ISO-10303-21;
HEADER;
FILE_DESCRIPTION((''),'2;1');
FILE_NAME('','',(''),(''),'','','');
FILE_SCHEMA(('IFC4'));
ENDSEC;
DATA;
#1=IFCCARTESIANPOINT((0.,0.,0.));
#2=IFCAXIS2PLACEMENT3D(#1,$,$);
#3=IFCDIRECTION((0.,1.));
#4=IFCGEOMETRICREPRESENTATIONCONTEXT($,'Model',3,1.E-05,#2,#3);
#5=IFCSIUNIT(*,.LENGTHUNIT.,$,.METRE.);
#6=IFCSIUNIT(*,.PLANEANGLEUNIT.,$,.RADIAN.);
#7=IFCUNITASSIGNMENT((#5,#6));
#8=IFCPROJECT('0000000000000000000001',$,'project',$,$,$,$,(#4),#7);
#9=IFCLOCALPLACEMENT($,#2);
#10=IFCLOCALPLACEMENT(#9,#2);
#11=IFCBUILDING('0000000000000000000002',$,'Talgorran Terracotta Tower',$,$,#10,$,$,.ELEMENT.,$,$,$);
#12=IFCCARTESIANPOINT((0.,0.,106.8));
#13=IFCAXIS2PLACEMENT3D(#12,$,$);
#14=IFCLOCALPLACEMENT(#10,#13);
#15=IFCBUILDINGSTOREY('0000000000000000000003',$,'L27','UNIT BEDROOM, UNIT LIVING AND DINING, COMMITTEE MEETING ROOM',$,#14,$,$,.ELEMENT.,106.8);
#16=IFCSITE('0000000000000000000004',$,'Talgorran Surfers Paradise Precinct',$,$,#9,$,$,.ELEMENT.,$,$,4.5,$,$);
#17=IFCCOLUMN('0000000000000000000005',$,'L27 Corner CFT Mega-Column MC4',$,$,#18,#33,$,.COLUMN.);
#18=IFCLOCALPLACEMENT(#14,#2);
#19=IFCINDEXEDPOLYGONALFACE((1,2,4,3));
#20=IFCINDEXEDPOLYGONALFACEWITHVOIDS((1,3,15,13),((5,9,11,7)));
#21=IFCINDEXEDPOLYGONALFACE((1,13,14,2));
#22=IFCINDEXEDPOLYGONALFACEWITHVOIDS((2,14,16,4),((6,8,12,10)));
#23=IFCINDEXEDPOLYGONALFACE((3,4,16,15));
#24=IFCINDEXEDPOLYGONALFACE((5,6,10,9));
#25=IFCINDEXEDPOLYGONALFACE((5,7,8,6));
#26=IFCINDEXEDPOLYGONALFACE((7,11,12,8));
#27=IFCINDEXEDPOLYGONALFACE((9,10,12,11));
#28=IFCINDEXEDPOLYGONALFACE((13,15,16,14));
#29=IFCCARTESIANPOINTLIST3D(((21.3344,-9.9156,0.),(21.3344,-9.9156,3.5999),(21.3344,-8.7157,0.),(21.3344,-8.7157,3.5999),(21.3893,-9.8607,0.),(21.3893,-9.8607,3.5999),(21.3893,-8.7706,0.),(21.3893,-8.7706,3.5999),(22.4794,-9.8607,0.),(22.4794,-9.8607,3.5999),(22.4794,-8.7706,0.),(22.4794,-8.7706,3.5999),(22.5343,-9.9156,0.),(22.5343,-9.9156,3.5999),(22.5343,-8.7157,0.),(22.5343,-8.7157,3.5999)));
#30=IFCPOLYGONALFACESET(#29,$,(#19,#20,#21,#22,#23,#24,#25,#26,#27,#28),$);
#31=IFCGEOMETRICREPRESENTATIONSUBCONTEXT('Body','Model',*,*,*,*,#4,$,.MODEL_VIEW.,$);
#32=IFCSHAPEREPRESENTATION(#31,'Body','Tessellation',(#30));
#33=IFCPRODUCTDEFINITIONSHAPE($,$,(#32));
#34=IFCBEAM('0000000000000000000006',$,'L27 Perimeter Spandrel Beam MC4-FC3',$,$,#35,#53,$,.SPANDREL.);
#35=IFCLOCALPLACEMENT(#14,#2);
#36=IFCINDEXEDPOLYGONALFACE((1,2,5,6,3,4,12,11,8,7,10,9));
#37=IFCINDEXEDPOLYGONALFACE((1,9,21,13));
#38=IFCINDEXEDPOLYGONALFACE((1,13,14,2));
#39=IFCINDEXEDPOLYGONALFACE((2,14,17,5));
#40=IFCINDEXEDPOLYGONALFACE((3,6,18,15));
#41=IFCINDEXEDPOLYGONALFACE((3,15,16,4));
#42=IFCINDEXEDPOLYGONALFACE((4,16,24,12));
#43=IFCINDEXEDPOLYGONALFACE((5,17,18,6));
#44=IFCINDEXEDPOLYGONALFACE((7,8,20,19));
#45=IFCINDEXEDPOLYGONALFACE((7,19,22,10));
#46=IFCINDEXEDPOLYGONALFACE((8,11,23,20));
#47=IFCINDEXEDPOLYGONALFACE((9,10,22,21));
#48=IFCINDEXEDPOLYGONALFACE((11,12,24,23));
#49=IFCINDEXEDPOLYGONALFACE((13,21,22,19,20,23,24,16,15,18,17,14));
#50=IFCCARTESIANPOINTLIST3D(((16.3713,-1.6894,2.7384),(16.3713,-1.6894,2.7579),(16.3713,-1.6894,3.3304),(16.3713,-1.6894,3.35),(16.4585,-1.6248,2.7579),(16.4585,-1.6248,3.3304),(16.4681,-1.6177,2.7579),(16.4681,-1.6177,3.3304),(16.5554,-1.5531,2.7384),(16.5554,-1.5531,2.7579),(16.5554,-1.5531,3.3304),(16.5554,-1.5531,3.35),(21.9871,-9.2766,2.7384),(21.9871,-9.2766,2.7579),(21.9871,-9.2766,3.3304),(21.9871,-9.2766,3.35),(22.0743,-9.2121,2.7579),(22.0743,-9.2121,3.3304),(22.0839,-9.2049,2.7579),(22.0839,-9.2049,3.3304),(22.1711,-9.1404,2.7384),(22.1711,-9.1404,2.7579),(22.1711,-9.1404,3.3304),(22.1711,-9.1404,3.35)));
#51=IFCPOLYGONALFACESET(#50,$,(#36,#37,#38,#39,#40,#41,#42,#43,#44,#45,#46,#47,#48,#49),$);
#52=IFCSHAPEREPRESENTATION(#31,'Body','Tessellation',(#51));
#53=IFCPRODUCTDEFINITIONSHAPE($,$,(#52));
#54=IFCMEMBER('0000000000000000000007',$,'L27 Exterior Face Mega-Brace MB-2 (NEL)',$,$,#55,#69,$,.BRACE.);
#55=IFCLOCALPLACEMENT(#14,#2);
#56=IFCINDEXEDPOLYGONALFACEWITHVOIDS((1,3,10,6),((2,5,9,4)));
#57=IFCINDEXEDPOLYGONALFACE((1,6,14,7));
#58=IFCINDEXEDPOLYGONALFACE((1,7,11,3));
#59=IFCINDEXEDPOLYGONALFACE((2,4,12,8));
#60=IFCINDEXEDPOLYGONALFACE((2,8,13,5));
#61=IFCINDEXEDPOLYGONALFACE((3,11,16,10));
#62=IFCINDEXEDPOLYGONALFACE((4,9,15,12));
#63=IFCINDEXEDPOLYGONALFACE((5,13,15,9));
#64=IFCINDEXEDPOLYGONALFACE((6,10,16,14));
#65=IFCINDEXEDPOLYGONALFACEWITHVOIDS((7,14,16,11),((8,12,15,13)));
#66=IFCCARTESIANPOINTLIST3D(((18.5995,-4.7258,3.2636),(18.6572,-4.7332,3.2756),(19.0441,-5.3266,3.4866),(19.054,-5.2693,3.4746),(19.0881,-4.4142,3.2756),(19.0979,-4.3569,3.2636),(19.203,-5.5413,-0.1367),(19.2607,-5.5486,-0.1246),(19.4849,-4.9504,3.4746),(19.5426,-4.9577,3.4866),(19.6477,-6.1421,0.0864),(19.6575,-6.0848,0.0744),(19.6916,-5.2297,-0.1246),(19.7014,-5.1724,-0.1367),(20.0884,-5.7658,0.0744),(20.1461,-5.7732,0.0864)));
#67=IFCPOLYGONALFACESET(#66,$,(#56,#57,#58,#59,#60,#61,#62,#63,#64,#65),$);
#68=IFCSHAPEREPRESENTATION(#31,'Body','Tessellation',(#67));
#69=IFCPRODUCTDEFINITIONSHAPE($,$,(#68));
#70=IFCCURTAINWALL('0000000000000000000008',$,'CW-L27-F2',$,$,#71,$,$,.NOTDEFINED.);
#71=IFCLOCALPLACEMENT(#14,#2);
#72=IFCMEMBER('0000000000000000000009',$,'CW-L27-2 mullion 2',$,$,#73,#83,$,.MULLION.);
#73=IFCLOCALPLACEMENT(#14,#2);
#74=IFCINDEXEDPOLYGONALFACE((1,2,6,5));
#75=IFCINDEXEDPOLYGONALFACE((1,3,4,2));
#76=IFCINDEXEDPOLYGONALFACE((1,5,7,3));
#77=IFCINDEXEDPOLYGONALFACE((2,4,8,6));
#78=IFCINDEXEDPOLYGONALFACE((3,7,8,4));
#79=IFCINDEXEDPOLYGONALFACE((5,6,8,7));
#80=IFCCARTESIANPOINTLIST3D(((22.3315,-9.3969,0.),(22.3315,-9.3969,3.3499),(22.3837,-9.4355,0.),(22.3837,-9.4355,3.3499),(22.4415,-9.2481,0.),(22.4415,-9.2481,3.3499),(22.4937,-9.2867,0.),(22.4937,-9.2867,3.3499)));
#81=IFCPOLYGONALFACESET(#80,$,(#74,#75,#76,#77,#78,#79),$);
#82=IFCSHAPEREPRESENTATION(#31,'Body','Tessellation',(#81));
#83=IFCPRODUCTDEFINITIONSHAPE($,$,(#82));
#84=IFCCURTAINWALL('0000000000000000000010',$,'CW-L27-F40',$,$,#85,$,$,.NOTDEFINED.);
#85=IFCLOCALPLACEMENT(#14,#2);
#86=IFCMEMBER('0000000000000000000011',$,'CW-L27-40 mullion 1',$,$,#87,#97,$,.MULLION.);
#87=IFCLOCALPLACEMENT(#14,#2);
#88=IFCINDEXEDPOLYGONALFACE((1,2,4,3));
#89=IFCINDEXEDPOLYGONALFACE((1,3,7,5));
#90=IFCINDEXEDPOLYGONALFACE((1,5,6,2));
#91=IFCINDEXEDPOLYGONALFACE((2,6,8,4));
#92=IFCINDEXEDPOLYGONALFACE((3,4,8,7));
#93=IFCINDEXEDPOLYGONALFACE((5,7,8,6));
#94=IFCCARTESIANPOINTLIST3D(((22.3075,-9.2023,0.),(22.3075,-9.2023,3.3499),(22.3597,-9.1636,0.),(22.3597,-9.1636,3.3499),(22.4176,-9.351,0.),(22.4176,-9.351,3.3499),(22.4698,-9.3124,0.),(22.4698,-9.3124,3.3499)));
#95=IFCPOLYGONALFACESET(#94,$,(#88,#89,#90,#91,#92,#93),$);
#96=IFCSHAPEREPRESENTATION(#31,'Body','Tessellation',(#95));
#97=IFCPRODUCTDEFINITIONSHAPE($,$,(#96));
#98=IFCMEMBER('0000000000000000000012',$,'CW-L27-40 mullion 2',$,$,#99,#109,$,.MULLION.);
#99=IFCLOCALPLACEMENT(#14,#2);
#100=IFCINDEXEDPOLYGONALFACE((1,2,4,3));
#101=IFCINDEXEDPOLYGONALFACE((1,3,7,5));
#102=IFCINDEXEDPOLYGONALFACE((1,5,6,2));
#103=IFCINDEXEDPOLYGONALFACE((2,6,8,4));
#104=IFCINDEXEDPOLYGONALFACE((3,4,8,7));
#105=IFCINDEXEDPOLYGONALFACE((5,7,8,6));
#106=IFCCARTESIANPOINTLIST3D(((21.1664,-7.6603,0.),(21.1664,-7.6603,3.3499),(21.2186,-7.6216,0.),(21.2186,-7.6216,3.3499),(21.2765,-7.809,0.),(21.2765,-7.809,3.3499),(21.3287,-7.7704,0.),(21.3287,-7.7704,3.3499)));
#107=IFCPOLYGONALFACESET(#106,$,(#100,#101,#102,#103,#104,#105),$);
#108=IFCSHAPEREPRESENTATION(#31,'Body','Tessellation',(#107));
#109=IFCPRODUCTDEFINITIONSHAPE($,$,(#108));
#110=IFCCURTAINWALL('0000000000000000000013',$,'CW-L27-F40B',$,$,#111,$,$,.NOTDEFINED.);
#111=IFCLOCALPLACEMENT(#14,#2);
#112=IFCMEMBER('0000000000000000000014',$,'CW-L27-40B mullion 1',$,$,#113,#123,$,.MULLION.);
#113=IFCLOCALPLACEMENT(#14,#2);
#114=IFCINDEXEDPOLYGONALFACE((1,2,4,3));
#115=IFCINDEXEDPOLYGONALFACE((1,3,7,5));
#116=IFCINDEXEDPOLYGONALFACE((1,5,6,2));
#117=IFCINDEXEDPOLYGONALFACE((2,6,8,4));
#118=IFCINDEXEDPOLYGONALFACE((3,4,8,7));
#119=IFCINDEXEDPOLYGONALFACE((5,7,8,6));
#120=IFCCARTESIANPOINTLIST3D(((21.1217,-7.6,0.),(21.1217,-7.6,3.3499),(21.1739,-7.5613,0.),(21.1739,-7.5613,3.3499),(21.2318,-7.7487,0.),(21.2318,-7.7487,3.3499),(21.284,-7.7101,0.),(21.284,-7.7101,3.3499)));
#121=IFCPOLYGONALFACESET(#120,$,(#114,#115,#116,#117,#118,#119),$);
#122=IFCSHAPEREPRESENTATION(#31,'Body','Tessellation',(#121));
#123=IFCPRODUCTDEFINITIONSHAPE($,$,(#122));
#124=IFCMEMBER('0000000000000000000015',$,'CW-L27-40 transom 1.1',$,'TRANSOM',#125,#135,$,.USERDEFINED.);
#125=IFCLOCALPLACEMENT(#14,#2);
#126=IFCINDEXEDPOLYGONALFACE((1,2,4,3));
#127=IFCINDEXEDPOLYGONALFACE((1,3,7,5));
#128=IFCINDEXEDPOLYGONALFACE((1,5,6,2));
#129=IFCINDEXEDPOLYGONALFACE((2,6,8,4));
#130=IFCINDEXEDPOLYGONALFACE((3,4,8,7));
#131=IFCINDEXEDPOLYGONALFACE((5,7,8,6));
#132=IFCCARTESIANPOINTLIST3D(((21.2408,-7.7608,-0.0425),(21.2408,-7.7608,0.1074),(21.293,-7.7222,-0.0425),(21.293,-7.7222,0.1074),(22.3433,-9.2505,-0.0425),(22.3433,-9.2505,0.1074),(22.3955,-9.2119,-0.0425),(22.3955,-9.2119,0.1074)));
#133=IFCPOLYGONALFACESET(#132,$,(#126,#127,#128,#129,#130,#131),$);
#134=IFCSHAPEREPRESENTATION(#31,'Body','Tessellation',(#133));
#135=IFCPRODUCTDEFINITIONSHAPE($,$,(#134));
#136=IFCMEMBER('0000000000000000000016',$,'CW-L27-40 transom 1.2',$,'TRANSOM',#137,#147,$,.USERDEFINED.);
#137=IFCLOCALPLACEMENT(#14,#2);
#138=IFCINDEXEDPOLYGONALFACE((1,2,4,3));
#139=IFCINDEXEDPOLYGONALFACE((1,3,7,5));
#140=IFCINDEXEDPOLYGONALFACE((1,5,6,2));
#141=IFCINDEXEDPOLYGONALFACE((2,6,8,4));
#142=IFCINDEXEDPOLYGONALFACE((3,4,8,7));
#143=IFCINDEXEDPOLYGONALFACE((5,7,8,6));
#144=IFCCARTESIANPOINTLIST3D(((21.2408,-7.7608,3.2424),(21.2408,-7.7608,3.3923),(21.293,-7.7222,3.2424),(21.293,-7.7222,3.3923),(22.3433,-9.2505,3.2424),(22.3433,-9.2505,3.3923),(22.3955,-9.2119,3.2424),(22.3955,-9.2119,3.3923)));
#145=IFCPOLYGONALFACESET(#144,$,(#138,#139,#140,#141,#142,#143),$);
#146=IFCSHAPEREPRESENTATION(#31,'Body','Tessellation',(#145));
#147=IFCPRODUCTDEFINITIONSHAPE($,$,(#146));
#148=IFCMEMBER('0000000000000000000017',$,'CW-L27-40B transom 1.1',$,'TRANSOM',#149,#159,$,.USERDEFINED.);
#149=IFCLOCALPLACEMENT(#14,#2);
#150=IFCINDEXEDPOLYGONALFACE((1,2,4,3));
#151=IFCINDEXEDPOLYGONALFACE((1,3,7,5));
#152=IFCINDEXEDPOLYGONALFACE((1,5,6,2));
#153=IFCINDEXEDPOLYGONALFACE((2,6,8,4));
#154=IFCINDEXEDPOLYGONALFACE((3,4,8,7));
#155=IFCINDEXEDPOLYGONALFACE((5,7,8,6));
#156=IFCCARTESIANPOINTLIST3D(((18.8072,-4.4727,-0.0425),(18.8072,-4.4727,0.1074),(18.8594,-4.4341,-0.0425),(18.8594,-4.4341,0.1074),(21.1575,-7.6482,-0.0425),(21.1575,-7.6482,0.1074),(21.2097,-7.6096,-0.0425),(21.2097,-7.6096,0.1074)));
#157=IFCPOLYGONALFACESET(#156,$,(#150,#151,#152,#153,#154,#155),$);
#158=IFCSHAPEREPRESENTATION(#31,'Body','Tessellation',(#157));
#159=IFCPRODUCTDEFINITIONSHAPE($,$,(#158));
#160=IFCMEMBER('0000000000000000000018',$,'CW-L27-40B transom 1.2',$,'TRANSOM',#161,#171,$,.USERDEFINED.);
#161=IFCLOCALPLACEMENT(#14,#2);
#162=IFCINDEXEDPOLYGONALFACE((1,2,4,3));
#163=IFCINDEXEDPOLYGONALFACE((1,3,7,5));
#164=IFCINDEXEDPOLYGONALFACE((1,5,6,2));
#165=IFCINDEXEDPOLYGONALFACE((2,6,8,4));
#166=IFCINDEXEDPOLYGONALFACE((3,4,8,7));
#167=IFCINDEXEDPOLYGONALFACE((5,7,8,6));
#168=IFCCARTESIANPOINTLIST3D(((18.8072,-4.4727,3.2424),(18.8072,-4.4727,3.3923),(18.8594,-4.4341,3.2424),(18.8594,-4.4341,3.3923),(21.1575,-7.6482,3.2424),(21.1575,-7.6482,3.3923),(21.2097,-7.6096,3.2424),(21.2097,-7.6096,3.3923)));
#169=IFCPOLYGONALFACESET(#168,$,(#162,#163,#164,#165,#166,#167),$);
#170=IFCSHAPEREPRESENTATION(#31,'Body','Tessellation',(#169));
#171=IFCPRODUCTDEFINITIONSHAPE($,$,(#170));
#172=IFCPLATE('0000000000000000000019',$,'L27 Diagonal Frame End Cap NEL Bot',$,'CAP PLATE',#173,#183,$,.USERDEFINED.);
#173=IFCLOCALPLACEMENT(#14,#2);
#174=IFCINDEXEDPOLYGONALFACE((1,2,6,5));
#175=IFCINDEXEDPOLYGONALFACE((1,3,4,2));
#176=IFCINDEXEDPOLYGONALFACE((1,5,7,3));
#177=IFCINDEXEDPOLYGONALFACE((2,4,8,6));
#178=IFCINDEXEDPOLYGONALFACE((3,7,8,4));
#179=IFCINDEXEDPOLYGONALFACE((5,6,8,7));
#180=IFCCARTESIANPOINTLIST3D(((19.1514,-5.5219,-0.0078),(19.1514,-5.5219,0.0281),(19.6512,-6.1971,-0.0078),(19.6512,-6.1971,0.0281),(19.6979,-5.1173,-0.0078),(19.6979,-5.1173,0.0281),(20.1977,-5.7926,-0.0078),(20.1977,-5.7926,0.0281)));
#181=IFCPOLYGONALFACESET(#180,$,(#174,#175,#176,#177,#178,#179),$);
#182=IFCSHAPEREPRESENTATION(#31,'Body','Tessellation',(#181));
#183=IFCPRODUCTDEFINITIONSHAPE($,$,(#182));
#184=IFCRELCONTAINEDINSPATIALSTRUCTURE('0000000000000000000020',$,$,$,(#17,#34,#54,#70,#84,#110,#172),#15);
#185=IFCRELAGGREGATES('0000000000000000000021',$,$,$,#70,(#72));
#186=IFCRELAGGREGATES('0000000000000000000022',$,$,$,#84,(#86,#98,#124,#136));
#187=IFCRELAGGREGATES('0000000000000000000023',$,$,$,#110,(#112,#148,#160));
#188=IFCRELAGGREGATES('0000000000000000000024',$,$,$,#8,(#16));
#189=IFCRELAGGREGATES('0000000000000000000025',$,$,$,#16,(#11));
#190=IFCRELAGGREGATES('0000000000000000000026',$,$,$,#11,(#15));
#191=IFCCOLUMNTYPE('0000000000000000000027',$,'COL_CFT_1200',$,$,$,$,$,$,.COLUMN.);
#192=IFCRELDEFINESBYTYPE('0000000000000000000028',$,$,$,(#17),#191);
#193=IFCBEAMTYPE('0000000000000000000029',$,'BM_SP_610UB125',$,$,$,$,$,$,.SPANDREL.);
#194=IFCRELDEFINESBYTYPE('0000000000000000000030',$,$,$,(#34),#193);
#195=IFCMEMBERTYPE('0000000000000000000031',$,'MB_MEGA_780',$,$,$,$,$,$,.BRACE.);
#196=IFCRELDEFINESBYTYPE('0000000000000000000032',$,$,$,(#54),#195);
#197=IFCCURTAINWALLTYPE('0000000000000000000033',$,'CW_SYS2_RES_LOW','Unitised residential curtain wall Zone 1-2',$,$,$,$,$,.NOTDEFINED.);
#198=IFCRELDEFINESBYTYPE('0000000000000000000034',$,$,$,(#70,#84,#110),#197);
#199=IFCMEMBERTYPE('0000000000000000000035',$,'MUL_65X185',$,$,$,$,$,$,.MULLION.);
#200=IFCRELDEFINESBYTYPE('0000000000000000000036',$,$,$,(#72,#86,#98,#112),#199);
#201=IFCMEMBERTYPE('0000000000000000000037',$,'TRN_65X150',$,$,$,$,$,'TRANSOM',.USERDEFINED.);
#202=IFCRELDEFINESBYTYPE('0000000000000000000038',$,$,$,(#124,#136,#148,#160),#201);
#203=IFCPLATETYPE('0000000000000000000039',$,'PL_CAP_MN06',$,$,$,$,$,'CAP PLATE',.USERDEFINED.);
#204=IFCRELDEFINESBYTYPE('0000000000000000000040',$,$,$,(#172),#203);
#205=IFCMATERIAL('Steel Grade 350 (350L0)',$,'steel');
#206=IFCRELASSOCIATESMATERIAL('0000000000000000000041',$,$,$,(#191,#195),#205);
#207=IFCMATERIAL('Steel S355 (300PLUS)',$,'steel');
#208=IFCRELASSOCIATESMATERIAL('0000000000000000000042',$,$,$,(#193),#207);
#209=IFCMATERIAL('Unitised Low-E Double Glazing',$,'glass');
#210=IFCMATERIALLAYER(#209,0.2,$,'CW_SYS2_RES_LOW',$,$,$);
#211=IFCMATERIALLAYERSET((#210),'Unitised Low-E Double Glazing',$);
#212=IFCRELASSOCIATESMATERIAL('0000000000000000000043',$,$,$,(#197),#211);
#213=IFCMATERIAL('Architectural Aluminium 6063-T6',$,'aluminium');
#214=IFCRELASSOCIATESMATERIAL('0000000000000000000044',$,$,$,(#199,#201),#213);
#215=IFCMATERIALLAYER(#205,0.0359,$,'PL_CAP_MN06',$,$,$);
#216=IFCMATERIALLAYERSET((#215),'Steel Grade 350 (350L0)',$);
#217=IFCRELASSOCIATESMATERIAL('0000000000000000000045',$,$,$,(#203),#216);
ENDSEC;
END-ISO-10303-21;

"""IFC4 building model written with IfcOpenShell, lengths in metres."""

from ifc_helpers import new_model, si_unit, direction, frame, origin, origin_2d, place, context, subcontext, project, spatial, rectangle, hollow_rectangle, i_section, extrude, material, layer, layer_set, material_profile, profile_set, type_object, element, aggregate, save


model = new_model("IFC4")

# Units and contexts
model_context = context("Model", 3, precision=1e-05, world=origin(), true_north=direction((0.0, 1.0)))
body_context = subcontext(model_context, "Body", "Model", "MODEL_VIEW")
ifc_project = project(units=[si_unit("LENGTHUNIT", "METRE"), si_unit("PLANEANGLEUNIT", "RADIAN")], contexts=[model_context])

# Site, building, storey
site_placement = place(None, origin())
site = spatial("IfcSite", under=ifc_project, at=site_placement, Name="Talgorran Surfers Paradise Precinct", CompositionType="ELEMENT", RefElevation=4.5)
building_placement = place(site_placement, origin())
building = spatial("IfcBuilding", under=site, at=building_placement, Name="Talgorran Terracotta Tower", CompositionType="ELEMENT")
storey_placement = place(building_placement, frame((0.0, 0.0, 106.8)))
storey = spatial("IfcBuildingStorey", under=building, at=storey_placement, Name="L27", Description="UNIT BEDROOM, UNIT LIVING AND DINING, COMMITTEE MEETING ROOM", CompositionType="ELEMENT", Elevation=106.8)

# Column
ifc_material_1 = material(Name="Steel Grade 350 (350L0)", Category="steel")
ifc_material_profile_1 = material_profile(ifc_material_1, hollow_rectangle(XDim=1.2, YDim=1.2, WallThickness=0.0549, at=origin_2d()), Name="CFT1200X1200X55")
ifc_profile_set_1 = profile_set([ifc_material_profile_1], Name="Steel Grade 350 (350L0)")
column_type = type_object("IfcColumnType", Name="COL_CFT_1200", PredefinedType="COLUMN", material=ifc_profile_set_1)
column_placement = place(storey_placement, frame((21.9343, -9.3157, 0.0), z_axis=(0.0, 0.0, 1.0), x_axis=(1.0, 0.0, 0.0)))
element("IfcColumn", 1, at=column_placement, inside=storey, type_object=column_type, Name="L27 Corner CFT Mega-Column MC4", PredefinedType="COLUMN", context=body_context, shape_type="SweptSolid", body=[
    extrude(hollow_rectangle(XDim=1.2, YDim=1.2, WallThickness=0.0549, at=origin_2d()), origin(), (0.0, 0.0, 1.0), 3.5999),
])

# Beam
ifc_material_2 = material(Name="Steel S355 (300PLUS)", Category="steel")
ifc_material_profile_2 = material_profile(ifc_material_2, i_section(OverallWidth=0.229, OverallDepth=0.6116, WebThickness=0.012, FlangeThickness=0.0195, at=origin_2d()), Name="610UB125")
ifc_profile_set_2 = profile_set([ifc_material_profile_2], Name="Steel S355 (300PLUS)")
beam_type = type_object("IfcBeamType", Name="BM_SP_610UB125", PredefinedType="SPANDREL", material=ifc_profile_set_2)
beam_placement = place(storey_placement, frame((22.0791, -9.2085, 3.0442), z_axis=(-0.594927, 0.80378, 0.0), x_axis=(-0.80378, -0.594927, 0.0)))
element("IfcBeam", 2, at=beam_placement, inside=storey, type_object=beam_type, Name="L27 Perimeter Spandrel Beam MC4-FC3", PredefinedType="SPANDREL", context=body_context, shape_type="SweptSolid", body=[
    extrude(i_section(OverallWidth=0.229, OverallDepth=0.6116, WebThickness=0.012, FlangeThickness=0.0195, at=origin_2d()), origin(), (0.0, 0.0, 1.0), 9.4395),
])

# Member
ifc_material_profile_3 = material_profile(ifc_material_1, hollow_rectangle(XDim=0.6201, YDim=0.78, WallThickness=0.042, at=origin_2d()), Name="WBOX780X620X42")
ifc_profile_set_3 = profile_set([ifc_material_profile_3], Name="Steel Grade 350 (350L0)")
member_type_1 = type_object("IfcMemberType", Name="MB_MEGA_780", PredefinedType="BRACE", material=ifc_profile_set_3)
member_1_placement = place(storey_placement, frame((19.6746, -5.6572, -0.0251), z_axis=(-0.170088, 0.229811, 0.958257), x_axis=(-0.803796, -0.594905, 0.0)))
element("IfcMember", 3, at=member_1_placement, inside=storey, type_object=member_type_1, Name="L27 Exterior Face Mega-Brace MB-2 (NEL)", PredefinedType="BRACE", context=body_context, shape_type="SweptSolid", body=[
    extrude(hollow_rectangle(XDim=0.6201, YDim=0.78, WallThickness=0.042, at=origin_2d()), origin(), (0.0, 0.0, 1.0), 3.5483),
])

# Curtain wall, member
ifc_material_3 = material(Name="Unitised Low-E Double Glazing", Category="glass")
ifc_layer_1 = layer(ifc_material_3, 0.2, Name="CW_SYS2_RES_LOW")
ifc_layer_set_1 = layer_set([ifc_layer_1], Name="Unitised Low-E Double Glazing")
curtain_wall_type = type_object("IfcCurtainWallType", Name="CW_SYS2_RES_LOW", Description="Unitised residential curtain wall Zone 1-2", PredefinedType="NOTDEFINED", material=ifc_layer_set_1)
curtain_wall_1_placement = place(storey_placement, origin())
curtain_wall_1 = element("IfcCurtainWall", 4, at=curtain_wall_1_placement, inside=storey, type_object=curtain_wall_type, Name="CW-L27-F2", PredefinedType="NOTDEFINED")
ifc_material_4 = material(Name="Architectural Aluminium 6063-T6", Category="aluminium")
ifc_material_profile_4 = material_profile(ifc_material_4, rectangle(XDim=0.0649, YDim=0.1851, at=origin_2d()), Name="CWM65X185")
ifc_profile_set_4 = profile_set([ifc_material_profile_4], Name="Architectural Aluminium 6063-T6")
member_type_2 = type_object("IfcMemberType", Name="MUL_65X185", PredefinedType="MULLION", material=ifc_profile_set_4)
member_2_placement = place(storey_placement, frame((22.4126, -9.3418, 0.0), z_axis=(0.0, 0.0, 1.0), x_axis=(-0.803792, 0.594911, 0.0)))
member_2 = element("IfcMember", 5, at=member_2_placement, type_object=member_type_2, Name="CW-L27-2 mullion 2", PredefinedType="MULLION", context=body_context, shape_type="SweptSolid", body=[
    extrude(rectangle(XDim=0.0649, YDim=0.1851, at=origin_2d()), origin(), (0.0, 0.0, 1.0), 3.3499),
])
aggregate(curtain_wall_1, [member_2])

# Curtain wall, members
curtain_wall_2_placement = place(storey_placement, origin())
curtain_wall_2 = element("IfcCurtainWall", 6, at=curtain_wall_2_placement, inside=storey, type_object=curtain_wall_type, Name="CW-L27-F40", PredefinedType="NOTDEFINED")
member_3_placement = place(storey_placement, frame((22.3887, -9.2573, 0.0), z_axis=(0.0, 0.0, 1.0), x_axis=(-0.803796, -0.594906, 0.0)))
member_3 = element("IfcMember", 7, at=member_3_placement, type_object=member_type_2, Name="CW-L27-40 mullion 1", PredefinedType="MULLION", context=body_context, shape_type="SweptSolid", body=[
    extrude(rectangle(XDim=0.0649, YDim=0.1851, at=origin_2d()), origin(), (0.0, 0.0, 1.0), 3.3499),
])
member_4_placement = place(storey_placement, frame((21.2476, -7.7153, 0.0), z_axis=(0.0, 0.0, 1.0), x_axis=(-0.803796, -0.594906, 0.0)))
member_4 = element("IfcMember", 8, at=member_4_placement, type_object=member_type_2, Name="CW-L27-40 mullion 2", PredefinedType="MULLION", context=body_context, shape_type="SweptSolid", body=[
    extrude(rectangle(XDim=0.0649, YDim=0.1851, at=origin_2d()), origin(), (0.0, 0.0, 1.0), 3.3499),
])

# Curtain wall, member
curtain_wall_3_placement = place(storey_placement, origin())
curtain_wall_3 = element("IfcCurtainWall", 9, at=curtain_wall_3_placement, inside=storey, type_object=curtain_wall_type, Name="CW-L27-F40B", PredefinedType="NOTDEFINED")
member_5_placement = place(storey_placement, frame((21.2029, -7.655, 0.0), z_axis=(0.0, 0.0, 1.0), x_axis=(-0.803792, -0.59491, 0.0)))
member_5 = element("IfcMember", 10, at=member_5_placement, type_object=member_type_2, Name="CW-L27-40B mullion 1", PredefinedType="MULLION", context=body_context, shape_type="SweptSolid", body=[
    extrude(rectangle(XDim=0.0649, YDim=0.1851, at=origin_2d()), origin(), (0.0, 0.0, 1.0), 3.3499),
])

# Members
ifc_material_profile_5 = material_profile(ifc_material_4, rectangle(XDim=0.0649, YDim=0.1499, at=origin_2d()), Name="CWT65X150")
ifc_profile_set_5 = profile_set([ifc_material_profile_5], Name="Architectural Aluminium 6063-T6")
member_type_3 = type_object("IfcMemberType", Name="TRN_65X150", ElementType="TRANSOM", PredefinedType="USERDEFINED", material=ifc_profile_set_5)
member_6_placement = place(storey_placement, frame((22.3694, -9.2312, 0.0325), z_axis=(-0.594887, 0.803809, 0.0), x_axis=(-0.803809, -0.594887, 0.0)))
member_6 = element("IfcMember", 11, at=member_6_placement, type_object=member_type_3, Name="CW-L27-40 transom 1.1", ObjectType="TRANSOM", PredefinedType="USERDEFINED", context=body_context, shape_type="SweptSolid", body=[
    extrude(rectangle(XDim=0.0649, YDim=0.1499, at=origin_2d()), origin(), (0.0, 0.0, 1.0), 1.8533),
])
member_7_placement = place(storey_placement, frame((22.3694, -9.2312, 3.3174), z_axis=(-0.594887, 0.803809, 0.0), x_axis=(-0.803809, -0.594887, 0.0)))
member_7 = element("IfcMember", 12, at=member_7_placement, type_object=member_type_3, Name="CW-L27-40 transom 1.2", ObjectType="TRANSOM", PredefinedType="USERDEFINED", context=body_context, shape_type="SweptSolid", body=[
    extrude(rectangle(XDim=0.0649, YDim=0.1499, at=origin_2d()), origin(), (0.0, 0.0, 1.0), 1.8533),
])
member_8_placement = place(storey_placement, frame((21.1836, -7.6289, 0.0325), z_axis=(-0.594916, 0.803788, 0.0), x_axis=(-0.803788, -0.594916, 0.0)))
member_8 = element("IfcMember", 13, at=member_8_placement, type_object=member_type_3, Name="CW-L27-40B transom 1.1", ObjectType="TRANSOM", PredefinedType="USERDEFINED", context=body_context, shape_type="SweptSolid", body=[
    extrude(rectangle(XDim=0.0649, YDim=0.1499, at=origin_2d()), origin(), (0.0, 0.0, 1.0), 3.9507),
])
member_9_placement = place(storey_placement, frame((21.1836, -7.6289, 3.3174), z_axis=(-0.594916, 0.803788, 0.0), x_axis=(-0.803788, -0.594916, 0.0)))
member_9 = element("IfcMember", 14, at=member_9_placement, type_object=member_type_3, Name="CW-L27-40B transom 1.2", ObjectType="TRANSOM", PredefinedType="USERDEFINED", context=body_context, shape_type="SweptSolid", body=[
    extrude(rectangle(XDim=0.0649, YDim=0.1499, at=origin_2d()), origin(), (0.0, 0.0, 1.0), 3.9507),
])

# Plate
ifc_layer_2 = layer(ifc_material_1, 0.0359, Name="PL_CAP_MN06")
ifc_layer_set_2 = layer_set([ifc_layer_2], Name="Steel Grade 350 (350L0)")
plate_type_1 = type_object("IfcPlateType", Name="PL_CAP_MN06", ElementType="CAP PLATE", PredefinedType="USERDEFINED", material=ifc_layer_set_2)
for number, where, z_axis, x_axis, name in (
    (15, (19.6746, -5.6572, -0.0078), (0.0, 0.0, 1.0), (-0.594963, 0.803753, 0.0), "L27 Diagonal Frame End Cap NEL Bot"),
):
    element("IfcPlate", number, at=place(storey_placement, frame(where, z_axis=z_axis, x_axis=x_axis)), inside=storey, type_object=plate_type_1, Name=name, ObjectType="CAP PLATE", PredefinedType="USERDEFINED", context=body_context, shape_type="SweptSolid", body=[
        extrude(rectangle(XDim=0.8401, YDim=0.6799, at=origin_2d()), origin(), (0.0, 0.0, 1.0), 0.0359),
    ])

aggregate(curtain_wall_2, [member_3, member_4, member_6, member_7])
aggregate(curtain_wall_3, [member_5, member_8, member_9])

save(model, "model.ifc")
